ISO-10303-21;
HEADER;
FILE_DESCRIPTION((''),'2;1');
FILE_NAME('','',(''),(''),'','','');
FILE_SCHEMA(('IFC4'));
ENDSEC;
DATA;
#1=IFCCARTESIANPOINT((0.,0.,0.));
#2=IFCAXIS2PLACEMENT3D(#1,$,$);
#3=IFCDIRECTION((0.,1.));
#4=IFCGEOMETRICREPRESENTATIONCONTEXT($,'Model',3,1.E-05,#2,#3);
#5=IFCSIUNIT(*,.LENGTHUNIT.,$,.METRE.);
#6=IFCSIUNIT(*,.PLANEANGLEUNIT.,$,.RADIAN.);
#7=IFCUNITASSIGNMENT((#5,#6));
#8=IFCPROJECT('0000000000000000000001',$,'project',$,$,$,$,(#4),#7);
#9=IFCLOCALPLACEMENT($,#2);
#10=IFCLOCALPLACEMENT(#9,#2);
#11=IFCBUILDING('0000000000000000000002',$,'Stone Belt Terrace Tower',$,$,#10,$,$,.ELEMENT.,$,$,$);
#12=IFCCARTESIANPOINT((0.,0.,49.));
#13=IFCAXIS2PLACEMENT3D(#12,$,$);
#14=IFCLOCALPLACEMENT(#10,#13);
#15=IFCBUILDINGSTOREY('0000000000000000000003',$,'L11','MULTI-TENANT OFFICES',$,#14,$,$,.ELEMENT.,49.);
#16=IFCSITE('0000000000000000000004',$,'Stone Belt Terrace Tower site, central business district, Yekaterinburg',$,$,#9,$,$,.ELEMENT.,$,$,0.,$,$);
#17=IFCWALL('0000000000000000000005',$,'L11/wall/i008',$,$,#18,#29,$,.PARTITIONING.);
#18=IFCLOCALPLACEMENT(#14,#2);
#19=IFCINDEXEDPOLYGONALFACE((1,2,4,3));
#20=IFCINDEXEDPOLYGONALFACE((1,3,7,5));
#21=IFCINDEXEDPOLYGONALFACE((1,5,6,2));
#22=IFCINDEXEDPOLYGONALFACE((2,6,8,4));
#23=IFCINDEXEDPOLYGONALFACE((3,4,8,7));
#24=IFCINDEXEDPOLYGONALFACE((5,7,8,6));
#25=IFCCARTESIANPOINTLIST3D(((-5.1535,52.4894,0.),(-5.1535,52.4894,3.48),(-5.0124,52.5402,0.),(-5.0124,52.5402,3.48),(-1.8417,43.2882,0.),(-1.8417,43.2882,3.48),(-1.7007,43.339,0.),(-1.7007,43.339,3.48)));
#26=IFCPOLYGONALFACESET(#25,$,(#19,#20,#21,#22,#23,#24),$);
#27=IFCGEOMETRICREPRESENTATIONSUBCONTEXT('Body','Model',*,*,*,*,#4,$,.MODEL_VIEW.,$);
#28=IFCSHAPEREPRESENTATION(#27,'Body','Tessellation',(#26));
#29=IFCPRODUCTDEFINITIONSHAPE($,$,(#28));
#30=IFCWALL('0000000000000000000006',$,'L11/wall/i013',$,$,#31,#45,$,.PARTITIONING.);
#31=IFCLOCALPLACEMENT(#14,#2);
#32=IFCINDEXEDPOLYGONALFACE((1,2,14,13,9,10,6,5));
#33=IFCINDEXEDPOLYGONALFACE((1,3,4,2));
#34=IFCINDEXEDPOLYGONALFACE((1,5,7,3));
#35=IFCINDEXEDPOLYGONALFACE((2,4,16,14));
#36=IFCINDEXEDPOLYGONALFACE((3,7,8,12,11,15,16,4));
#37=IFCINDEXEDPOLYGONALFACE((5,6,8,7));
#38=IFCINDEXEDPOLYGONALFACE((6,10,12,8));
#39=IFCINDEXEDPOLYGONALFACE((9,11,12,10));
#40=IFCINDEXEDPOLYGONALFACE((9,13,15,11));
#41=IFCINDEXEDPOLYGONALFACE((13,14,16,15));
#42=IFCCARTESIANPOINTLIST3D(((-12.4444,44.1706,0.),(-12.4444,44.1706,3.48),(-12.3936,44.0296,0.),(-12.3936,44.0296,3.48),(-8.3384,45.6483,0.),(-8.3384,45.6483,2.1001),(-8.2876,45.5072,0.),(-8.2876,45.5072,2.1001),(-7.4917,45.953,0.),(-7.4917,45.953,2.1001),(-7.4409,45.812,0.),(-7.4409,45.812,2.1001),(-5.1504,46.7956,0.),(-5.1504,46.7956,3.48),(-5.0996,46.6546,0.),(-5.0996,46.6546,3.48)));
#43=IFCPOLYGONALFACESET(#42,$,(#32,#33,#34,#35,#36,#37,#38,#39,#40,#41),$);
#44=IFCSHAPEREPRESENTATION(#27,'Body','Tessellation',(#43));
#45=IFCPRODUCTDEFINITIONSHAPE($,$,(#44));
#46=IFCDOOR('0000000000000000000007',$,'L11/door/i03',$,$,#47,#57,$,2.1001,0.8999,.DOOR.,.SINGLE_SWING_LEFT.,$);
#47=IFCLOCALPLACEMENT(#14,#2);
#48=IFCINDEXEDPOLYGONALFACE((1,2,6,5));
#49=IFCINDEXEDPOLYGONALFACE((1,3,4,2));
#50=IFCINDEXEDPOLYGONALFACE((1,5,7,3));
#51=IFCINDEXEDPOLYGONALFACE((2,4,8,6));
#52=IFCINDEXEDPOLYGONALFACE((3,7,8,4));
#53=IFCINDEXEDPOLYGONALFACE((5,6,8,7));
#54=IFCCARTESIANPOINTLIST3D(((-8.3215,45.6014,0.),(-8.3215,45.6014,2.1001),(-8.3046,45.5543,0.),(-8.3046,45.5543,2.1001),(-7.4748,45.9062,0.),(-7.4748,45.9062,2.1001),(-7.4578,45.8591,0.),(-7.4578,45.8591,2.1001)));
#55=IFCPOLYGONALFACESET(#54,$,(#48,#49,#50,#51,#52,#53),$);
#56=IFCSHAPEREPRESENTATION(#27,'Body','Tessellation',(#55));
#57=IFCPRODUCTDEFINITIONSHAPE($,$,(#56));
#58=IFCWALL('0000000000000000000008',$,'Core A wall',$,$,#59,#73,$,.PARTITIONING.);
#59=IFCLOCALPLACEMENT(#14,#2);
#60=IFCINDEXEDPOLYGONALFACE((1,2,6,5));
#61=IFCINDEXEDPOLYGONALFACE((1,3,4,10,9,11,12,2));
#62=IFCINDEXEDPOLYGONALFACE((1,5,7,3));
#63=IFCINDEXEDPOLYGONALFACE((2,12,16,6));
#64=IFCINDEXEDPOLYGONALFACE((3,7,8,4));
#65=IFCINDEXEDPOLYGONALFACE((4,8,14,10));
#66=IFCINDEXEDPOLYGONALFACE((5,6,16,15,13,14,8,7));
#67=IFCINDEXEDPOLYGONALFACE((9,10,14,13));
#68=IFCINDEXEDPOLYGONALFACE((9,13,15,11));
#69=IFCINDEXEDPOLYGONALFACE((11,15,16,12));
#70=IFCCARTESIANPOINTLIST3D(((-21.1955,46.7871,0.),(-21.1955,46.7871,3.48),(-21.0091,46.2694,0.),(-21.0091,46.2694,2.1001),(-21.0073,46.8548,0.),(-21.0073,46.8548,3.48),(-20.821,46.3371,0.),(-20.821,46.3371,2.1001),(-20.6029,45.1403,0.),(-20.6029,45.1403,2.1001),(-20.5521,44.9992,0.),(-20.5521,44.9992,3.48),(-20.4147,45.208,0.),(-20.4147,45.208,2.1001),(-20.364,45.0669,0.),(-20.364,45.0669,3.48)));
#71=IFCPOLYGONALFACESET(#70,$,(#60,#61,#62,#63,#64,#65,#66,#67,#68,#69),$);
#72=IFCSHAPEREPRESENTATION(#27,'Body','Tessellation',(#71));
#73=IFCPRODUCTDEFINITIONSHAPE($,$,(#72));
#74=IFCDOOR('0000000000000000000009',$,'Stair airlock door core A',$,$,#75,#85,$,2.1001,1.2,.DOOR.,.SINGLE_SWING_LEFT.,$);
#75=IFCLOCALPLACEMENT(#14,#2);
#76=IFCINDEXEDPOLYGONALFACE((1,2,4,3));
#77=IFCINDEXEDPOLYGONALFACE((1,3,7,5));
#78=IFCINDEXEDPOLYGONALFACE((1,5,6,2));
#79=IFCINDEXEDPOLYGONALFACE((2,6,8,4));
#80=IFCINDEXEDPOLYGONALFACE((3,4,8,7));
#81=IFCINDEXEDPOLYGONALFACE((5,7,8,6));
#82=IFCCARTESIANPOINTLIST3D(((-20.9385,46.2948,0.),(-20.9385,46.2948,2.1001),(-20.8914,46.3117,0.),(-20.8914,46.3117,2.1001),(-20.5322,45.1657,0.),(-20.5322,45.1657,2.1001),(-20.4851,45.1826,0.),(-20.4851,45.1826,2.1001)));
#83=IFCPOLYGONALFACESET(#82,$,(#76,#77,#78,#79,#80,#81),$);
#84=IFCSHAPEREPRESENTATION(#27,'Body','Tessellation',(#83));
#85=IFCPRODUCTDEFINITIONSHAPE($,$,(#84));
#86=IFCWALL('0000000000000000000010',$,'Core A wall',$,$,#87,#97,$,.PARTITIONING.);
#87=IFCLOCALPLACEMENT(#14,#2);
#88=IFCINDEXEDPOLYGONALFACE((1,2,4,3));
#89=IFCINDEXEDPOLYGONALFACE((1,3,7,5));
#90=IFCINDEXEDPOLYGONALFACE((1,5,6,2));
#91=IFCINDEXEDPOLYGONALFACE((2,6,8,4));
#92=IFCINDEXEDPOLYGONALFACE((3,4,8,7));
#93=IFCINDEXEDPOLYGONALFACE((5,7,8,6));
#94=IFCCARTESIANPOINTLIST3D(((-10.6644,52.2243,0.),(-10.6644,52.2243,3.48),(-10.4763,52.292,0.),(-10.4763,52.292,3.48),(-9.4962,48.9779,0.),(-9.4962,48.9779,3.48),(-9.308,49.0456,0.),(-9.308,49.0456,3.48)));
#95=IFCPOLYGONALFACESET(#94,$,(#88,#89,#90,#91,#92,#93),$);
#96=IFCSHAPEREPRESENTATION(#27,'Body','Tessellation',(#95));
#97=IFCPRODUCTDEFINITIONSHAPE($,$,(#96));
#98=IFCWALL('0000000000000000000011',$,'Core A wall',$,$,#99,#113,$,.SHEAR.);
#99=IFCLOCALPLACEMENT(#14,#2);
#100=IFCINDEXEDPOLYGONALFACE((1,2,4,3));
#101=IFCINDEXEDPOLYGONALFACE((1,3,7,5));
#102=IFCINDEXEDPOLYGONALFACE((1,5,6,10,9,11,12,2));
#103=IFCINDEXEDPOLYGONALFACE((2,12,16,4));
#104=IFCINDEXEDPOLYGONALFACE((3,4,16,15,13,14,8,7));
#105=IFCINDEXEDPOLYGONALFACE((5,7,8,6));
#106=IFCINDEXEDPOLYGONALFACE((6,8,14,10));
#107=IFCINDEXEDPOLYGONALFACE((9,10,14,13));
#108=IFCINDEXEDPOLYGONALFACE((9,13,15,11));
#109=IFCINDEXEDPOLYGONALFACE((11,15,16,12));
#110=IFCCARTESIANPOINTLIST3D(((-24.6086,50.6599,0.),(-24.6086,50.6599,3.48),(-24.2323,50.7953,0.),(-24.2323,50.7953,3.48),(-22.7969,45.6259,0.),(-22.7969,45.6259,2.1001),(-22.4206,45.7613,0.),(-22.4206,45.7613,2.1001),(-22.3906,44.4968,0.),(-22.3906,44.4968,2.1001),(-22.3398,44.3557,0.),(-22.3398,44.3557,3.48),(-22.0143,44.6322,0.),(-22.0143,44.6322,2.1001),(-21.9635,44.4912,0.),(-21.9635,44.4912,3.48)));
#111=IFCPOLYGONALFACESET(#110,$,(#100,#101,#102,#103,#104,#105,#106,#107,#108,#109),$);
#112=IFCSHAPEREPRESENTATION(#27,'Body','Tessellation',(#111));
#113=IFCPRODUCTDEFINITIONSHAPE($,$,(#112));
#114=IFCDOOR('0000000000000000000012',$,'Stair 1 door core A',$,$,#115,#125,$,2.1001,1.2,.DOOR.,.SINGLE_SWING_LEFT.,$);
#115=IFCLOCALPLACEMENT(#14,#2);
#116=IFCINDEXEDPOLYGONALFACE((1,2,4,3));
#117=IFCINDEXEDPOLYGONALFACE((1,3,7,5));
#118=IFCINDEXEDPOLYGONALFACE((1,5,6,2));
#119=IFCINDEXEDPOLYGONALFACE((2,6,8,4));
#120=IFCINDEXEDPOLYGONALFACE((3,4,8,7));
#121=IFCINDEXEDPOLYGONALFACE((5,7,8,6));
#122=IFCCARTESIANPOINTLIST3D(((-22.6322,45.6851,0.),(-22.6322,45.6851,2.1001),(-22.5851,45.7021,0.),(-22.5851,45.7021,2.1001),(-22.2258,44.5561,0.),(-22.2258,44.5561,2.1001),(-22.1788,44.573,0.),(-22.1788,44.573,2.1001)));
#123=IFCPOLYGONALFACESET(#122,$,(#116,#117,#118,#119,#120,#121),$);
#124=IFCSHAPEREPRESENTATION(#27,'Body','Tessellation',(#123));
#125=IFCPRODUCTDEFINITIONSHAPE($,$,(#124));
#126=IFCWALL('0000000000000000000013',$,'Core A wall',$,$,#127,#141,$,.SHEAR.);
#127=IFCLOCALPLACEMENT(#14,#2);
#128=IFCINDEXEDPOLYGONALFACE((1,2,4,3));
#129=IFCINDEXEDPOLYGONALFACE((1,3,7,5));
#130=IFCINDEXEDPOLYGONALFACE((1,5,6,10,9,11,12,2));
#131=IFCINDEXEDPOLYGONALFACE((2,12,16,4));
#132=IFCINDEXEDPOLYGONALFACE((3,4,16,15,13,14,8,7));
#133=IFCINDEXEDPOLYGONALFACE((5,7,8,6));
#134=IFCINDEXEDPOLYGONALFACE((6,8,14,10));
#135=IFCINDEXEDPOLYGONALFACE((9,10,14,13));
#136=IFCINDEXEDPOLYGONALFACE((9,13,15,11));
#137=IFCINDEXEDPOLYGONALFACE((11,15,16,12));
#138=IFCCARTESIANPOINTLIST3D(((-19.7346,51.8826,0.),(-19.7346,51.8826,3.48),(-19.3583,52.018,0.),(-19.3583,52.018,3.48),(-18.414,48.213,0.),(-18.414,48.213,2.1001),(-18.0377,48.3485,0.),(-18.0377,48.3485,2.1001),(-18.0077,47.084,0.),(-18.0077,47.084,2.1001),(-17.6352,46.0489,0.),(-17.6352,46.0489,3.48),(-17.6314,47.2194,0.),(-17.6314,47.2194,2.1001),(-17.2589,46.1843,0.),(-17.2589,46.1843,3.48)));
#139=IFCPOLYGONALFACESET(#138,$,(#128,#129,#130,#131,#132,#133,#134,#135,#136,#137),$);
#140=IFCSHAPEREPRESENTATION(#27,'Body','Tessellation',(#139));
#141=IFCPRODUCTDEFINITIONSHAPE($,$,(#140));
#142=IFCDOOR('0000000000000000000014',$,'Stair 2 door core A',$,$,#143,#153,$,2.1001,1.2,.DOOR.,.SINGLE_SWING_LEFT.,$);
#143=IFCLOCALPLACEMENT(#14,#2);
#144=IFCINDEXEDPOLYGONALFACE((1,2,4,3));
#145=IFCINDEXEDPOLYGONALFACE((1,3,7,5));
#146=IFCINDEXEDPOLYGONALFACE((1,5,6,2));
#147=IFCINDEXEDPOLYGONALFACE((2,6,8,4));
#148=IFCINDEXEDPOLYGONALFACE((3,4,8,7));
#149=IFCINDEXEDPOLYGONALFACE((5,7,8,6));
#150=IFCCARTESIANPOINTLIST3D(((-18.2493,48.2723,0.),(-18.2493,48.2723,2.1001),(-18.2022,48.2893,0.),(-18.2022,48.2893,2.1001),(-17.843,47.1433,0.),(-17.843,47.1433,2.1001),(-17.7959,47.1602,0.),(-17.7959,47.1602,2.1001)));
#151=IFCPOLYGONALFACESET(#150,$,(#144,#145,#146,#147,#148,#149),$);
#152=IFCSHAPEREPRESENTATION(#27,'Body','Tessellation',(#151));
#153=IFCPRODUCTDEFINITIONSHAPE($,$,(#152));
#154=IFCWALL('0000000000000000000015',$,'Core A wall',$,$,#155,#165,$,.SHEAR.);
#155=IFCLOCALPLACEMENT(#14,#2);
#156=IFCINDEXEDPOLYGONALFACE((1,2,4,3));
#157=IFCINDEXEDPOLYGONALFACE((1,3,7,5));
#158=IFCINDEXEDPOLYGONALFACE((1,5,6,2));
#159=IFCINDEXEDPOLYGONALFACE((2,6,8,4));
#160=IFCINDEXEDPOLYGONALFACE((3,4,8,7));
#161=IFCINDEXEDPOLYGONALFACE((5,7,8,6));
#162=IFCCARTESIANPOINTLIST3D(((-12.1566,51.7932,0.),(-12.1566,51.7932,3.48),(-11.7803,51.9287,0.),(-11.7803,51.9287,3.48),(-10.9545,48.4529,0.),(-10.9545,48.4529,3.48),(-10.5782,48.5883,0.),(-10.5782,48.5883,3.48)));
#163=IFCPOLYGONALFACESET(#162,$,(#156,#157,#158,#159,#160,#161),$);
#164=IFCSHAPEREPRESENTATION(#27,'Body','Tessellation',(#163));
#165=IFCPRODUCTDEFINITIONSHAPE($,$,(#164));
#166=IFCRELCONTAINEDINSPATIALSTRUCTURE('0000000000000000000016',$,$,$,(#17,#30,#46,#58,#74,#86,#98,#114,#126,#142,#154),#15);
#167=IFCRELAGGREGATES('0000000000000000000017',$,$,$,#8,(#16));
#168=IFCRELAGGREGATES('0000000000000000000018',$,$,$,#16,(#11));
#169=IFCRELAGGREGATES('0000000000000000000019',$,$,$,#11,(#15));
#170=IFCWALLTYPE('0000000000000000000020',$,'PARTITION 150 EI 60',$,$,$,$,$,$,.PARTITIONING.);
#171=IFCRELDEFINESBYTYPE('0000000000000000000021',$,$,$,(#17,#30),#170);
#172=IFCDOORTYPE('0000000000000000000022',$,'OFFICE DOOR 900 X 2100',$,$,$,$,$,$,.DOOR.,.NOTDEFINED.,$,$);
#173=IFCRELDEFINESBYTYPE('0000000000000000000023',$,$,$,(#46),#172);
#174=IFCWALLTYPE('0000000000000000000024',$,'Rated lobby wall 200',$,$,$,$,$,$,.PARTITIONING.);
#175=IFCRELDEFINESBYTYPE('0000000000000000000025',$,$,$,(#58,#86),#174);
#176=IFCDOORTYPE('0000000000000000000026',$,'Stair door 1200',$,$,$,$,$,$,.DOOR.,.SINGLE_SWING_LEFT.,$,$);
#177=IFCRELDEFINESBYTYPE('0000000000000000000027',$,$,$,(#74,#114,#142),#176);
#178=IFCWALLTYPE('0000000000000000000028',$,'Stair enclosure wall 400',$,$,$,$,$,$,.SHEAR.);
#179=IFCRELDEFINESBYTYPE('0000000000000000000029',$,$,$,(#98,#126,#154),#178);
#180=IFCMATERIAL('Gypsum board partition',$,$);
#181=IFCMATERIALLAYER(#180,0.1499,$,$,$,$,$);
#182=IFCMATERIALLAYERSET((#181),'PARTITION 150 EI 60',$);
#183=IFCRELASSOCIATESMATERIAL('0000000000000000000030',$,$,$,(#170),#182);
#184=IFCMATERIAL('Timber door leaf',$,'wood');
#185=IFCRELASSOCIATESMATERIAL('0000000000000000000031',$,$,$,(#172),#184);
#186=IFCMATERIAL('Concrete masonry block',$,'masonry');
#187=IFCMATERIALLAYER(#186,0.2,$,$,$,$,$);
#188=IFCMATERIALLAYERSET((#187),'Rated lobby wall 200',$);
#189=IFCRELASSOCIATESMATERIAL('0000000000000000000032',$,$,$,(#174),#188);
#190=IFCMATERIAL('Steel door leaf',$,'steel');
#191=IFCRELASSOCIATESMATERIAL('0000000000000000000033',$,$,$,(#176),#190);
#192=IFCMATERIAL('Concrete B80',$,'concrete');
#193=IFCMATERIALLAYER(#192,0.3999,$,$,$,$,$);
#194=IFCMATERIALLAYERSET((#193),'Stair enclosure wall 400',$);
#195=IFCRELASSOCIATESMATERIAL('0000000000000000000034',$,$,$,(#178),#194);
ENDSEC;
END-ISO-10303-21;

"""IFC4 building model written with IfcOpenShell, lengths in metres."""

from ifc_helpers import new_model, si_unit, direction, frame, frame_2d, origin, place, context, subcontext, project, spatial, rectangle, extrude, material, layer, layer_set, type_object, element, fill, save


model = new_model("IFC4")

# Units and contexts
model_context = context("Model", 3, precision=1e-05, world=origin(), true_north=direction((0.0, 1.0)))
body_context = subcontext(model_context, "Body", "Model", "MODEL_VIEW")
ifc_project = project(units=[si_unit("LENGTHUNIT", "METRE"), si_unit("PLANEANGLEUNIT", "RADIAN")], contexts=[model_context])

# Site, building, storey
site_placement = place(None, origin())
site = spatial("IfcSite", under=ifc_project, at=site_placement, Name="Stone Belt Terrace Tower site, central business district, Yekaterinburg", CompositionType="ELEMENT", RefElevation=0.0)
building_placement = place(site_placement, origin())
building = spatial("IfcBuilding", under=site, at=building_placement, Name="Stone Belt Terrace Tower", CompositionType="ELEMENT")
storey_placement = place(building_placement, frame((0.0, 0.0, 49.0)))
storey = spatial("IfcBuildingStorey", under=building, at=storey_placement, Name="L11", Description="MULTI-TENANT OFFICES", CompositionType="ELEMENT", Elevation=49.0)

# Shared definitions
ifc_material_1 = material(Name="Concrete B80", Category="concrete")

# Shared definitions
ifc_material_2 = material(Name="Timber door leaf", Category="wood")

# Wall
ifc_material_3 = material(Name="Gypsum board partition")
ifc_layer_1 = layer(ifc_material_3, 0.1499)
ifc_layer_set_1 = layer_set([ifc_layer_1], Name="PARTITION 150 EI 60")
wall_type_1 = type_object("IfcWallType", Name="PARTITION 150 EI 60", PredefinedType="PARTITIONING", material=ifc_layer_set_1)
wall_1_placement = place(storey_placement, frame((-5.083, 52.5149, 0.0), z_axis=(0.0, 0.0, 1.0), x_axis=(0.33866, -0.940909, 0.0)))
element("IfcWall", 1, at=wall_1_placement, inside=storey, type_object=wall_type_1, Name="L11/wall/i008", PredefinedType="PARTITIONING", context=body_context, shape_type="SweptSolid", body=[
    extrude(rectangle(XDim=9.7791, YDim=0.1499, at=frame_2d((4.8896, 0.0))), origin(), (0.0, 0.0, 1.0), 3.48),
])

# Walls, openings, doors
wall_2_placement = place(storey_placement, frame((-5.125, 46.7251, 0.0), z_axis=(0.0, 0.0, 1.0), x_axis=(-0.940921, -0.338626, 0.0)))
wall_2 = element("IfcWall", 2, at=wall_2_placement, inside=storey, type_object=wall_type_1, Name="L11/wall/i013", PredefinedType="PARTITIONING", context=body_context, shape_type="SweptSolid", body=[
    extrude(rectangle(XDim=7.752, YDim=0.1499, at=frame_2d((3.876, 0.0))), origin(), (0.0, 0.0, 1.0), 3.48),
])
opening_1_placement = place(wall_2_placement, frame((2.4883, 0.0, 0.0)))
opening_1 = element("IfcOpeningElement", 3, at=opening_1_placement, cuts=wall_2, PredefinedType="OPENING", context=body_context, shape_type="SweptSolid", body=[
    extrude(rectangle(XDim=0.8999, YDim=2.1001, at=frame_2d((0.45, 1.05))), frame((0.0, 0.085, 0.0), z_axis=(0.0, -1.0, 0.0), x_axis=(1.0, 0.0, 0.0)), (0.0, 0.0, 1.0), 0.1699),
])
door_type_1 = type_object("IfcDoorType", Name="OFFICE DOOR 900 X 2100", OperationType="NOTDEFINED", PredefinedType="DOOR", material=ifc_material_2)
door_1_placement = place(opening_1_placement, origin())
door_1 = element("IfcDoor", 4, at=door_1_placement, inside=storey, type_object=door_type_1, Name="L11/door/i03", OperationType="SINGLE_SWING_LEFT", OverallHeight=2.1001, OverallWidth=0.8999, PredefinedType="DOOR", context=body_context, shape_type="SweptSolid", body=[
    extrude(rectangle(XDim=0.8999, YDim=2.1001, at=frame_2d((0.45, 1.05))), frame((0.0, 0.0249, 0.0), z_axis=(0.0, -1.0, 0.0), x_axis=(1.0, 0.0, 0.0)), (0.0, 0.0, 1.0), 0.05),
])
fill(opening_1, door_1)
ifc_material_4 = material(Name="Concrete masonry block", Category="masonry")
ifc_layer_2 = layer(ifc_material_4, 0.2)
ifc_layer_set_2 = layer_set([ifc_layer_2], Name="Rated lobby wall 200")
wall_type_2 = type_object("IfcWallType", Name="Rated lobby wall 200", PredefinedType="PARTITIONING", material=ifc_layer_set_2)
wall_3_placement = place(storey_placement, frame((-20.458, 45.033, 0.0), z_axis=(0.0, 0.0, 1.0), x_axis=(-0.338574, 0.94094, 0.0)))
wall_3 = element("IfcWall", 5, at=wall_3_placement, inside=storey, type_object=wall_type_2, Name="Core A wall", PredefinedType="PARTITIONING", context=body_context, shape_type="SweptSolid", body=[
    extrude(rectangle(XDim=1.9001, YDim=0.2, at=frame_2d((0.9502, 0.0))), origin(), (0.0, 0.0, 1.0), 3.48),
])
opening_2_placement = place(wall_3_placement, frame((0.1499, 0.0, 0.0)))
opening_2 = element("IfcOpeningElement", 6, at=opening_2_placement, cuts=wall_3, PredefinedType="OPENING", context=body_context, shape_type="SweptSolid", body=[
    extrude(rectangle(XDim=1.2, YDim=2.1001, at=frame_2d((0.6001, 1.05))), frame((0.0, 0.1099, 0.0), z_axis=(0.0, -1.0, 0.0), x_axis=(1.0, 0.0, 0.0)), (0.0, 0.0, 1.0), 0.22),
])
ifc_material_5 = material(Name="Steel door leaf", Category="steel")
door_type_2 = type_object("IfcDoorType", Name="Stair door 1200", OperationType="SINGLE_SWING_LEFT", PredefinedType="DOOR", material=ifc_material_5)
door_2_placement = place(opening_2_placement, origin())
door_2 = element("IfcDoor", 7, at=door_2_placement, inside=storey, type_object=door_type_2, Name="Stair airlock door core A", OperationType="SINGLE_SWING_LEFT", OverallHeight=2.1001, OverallWidth=1.2, PredefinedType="DOOR", context=body_context, shape_type="SweptSolid", body=[
    extrude(rectangle(XDim=1.2, YDim=2.1001, at=frame_2d((0.6001, 1.05))), frame((0.0, 0.0249, 0.0), z_axis=(0.0, -1.0, 0.0), x_axis=(1.0, 0.0, 0.0)), (0.0, 0.0, 1.0), 0.05),
])
fill(opening_2, door_2)

# Wall
wall_4_placement = place(storey_placement, frame((-9.4021, 49.0117, 0.0), z_axis=(0.0, 0.0, 1.0), x_axis=(-0.338599, 0.940931, 0.0)))
element("IfcWall", 8, at=wall_4_placement, inside=storey, type_object=wall_type_2, Name="Core A wall", PredefinedType="PARTITIONING", context=body_context, shape_type="SweptSolid", body=[
    extrude(rectangle(XDim=3.4502, YDim=0.2, at=frame_2d((1.7251, 0.0))), origin(), (0.0, 0.0, 1.0), 3.48),
])

# Walls, openings, doors
ifc_layer_3 = layer(ifc_material_1, 0.3999)
ifc_layer_set_3 = layer_set([ifc_layer_3], Name="Stair enclosure wall 400")
wall_type_3 = type_object("IfcWallType", Name="Stair enclosure wall 400", PredefinedType="SHEAR", material=ifc_layer_set_3)
wall_5_placement = place(storey_placement, frame((-22.1516, 44.4233, 0.0), z_axis=(0.0, 0.0, 1.0), x_axis=(-0.338625, 0.940921, 0.0)))
wall_5 = element("IfcWall", 9, at=wall_5_placement, inside=storey, type_object=wall_type_3, Name="Core A wall", PredefinedType="SHEAR", context=body_context, shape_type="SweptSolid", body=[
    extrude(rectangle(XDim=6.7, YDim=0.3999, at=frame_2d((3.3501, 0.0))), origin(), (0.0, 0.0, 1.0), 3.48),
])
opening_3_placement = place(wall_5_placement, frame((0.1499, 0.0, 0.0)))
opening_3 = element("IfcOpeningElement", 10, at=opening_3_placement, cuts=wall_5, PredefinedType="OPENING", context=body_context, shape_type="SweptSolid", body=[
    extrude(rectangle(XDim=1.2, YDim=2.1001, at=frame_2d((0.6001, 1.05))), frame((0.0, 0.21, 0.0), z_axis=(0.0, -1.0, 0.0), x_axis=(1.0, 0.0, 0.0)), (0.0, 0.0, 1.0), 0.4199),
])
door_3_placement = place(opening_3_placement, origin())
door_3 = element("IfcDoor", 11, at=door_3_placement, inside=storey, type_object=door_type_2, Name="Stair 1 door core A", OperationType="SINGLE_SWING_LEFT", OverallHeight=2.1001, OverallWidth=1.2, PredefinedType="DOOR", context=body_context, shape_type="SweptSolid", body=[
    extrude(rectangle(XDim=1.2, YDim=2.1001, at=frame_2d((0.6001, 1.05))), frame((0.0, 0.0249, 0.0), z_axis=(0.0, -1.0, 0.0), x_axis=(1.0, 0.0, 0.0)), (0.0, 0.0, 1.0), 0.05),
])
fill(opening_3, door_3)
wall_6_placement = place(storey_placement, frame((-17.447, 46.1165, 0.0), z_axis=(0.0, 0.0, 1.0), x_axis=(-0.338608, 0.940928, 0.0)))
wall_6 = element("IfcWall", 12, at=wall_6_placement, inside=storey, type_object=wall_type_3, Name="Core A wall", PredefinedType="SHEAR", context=body_context, shape_type="SweptSolid", body=[
    extrude(rectangle(XDim=6.2, YDim=0.3999, at=frame_2d((3.1001, 0.0))), origin(), (0.0, 0.0, 1.0), 3.48),
])
opening_4_placement = place(wall_6_placement, frame((1.1001, 0.0, 0.0)))
opening_4 = element("IfcOpeningElement", 13, at=opening_4_placement, cuts=wall_6, PredefinedType="OPENING", context=body_context, shape_type="SweptSolid", body=[
    extrude(rectangle(XDim=1.2, YDim=2.1001, at=frame_2d((0.6001, 1.05))), frame((0.0, 0.21, 0.0), z_axis=(0.0, -1.0, 0.0), x_axis=(1.0, 0.0, 0.0)), (0.0, 0.0, 1.0), 0.4199),
])
door_4_placement = place(opening_4_placement, origin())
door_4 = element("IfcDoor", 14, at=door_4_placement, inside=storey, type_object=door_type_2, Name="Stair 2 door core A", OperationType="SINGLE_SWING_LEFT", OverallHeight=2.1001, OverallWidth=1.2, PredefinedType="DOOR", context=body_context, shape_type="SweptSolid", body=[
    extrude(rectangle(XDim=1.2, YDim=2.1001, at=frame_2d((0.6001, 1.05))), frame((0.0, 0.0249, 0.0), z_axis=(0.0, -1.0, 0.0), x_axis=(1.0, 0.0, 0.0)), (0.0, 0.0, 1.0), 0.05),
])
fill(opening_4, door_4)

# Wall
wall_7_placement = place(storey_placement, frame((-10.7664, 48.5208, 0.0), z_axis=(0.0, 0.0, 1.0), x_axis=(-0.338627, 0.940921, 0.0)))
element("IfcWall", 15, at=wall_7_placement, inside=storey, type_object=wall_type_3, Name="Core A wall", PredefinedType="SHEAR", context=body_context, shape_type="SweptSolid", body=[
    extrude(rectangle(XDim=3.55, YDim=0.3999, at=frame_2d((1.7749, 0.0))), origin(), (0.0, 0.0, 1.0), 3.48),
])

save(model, "model.ifc")
